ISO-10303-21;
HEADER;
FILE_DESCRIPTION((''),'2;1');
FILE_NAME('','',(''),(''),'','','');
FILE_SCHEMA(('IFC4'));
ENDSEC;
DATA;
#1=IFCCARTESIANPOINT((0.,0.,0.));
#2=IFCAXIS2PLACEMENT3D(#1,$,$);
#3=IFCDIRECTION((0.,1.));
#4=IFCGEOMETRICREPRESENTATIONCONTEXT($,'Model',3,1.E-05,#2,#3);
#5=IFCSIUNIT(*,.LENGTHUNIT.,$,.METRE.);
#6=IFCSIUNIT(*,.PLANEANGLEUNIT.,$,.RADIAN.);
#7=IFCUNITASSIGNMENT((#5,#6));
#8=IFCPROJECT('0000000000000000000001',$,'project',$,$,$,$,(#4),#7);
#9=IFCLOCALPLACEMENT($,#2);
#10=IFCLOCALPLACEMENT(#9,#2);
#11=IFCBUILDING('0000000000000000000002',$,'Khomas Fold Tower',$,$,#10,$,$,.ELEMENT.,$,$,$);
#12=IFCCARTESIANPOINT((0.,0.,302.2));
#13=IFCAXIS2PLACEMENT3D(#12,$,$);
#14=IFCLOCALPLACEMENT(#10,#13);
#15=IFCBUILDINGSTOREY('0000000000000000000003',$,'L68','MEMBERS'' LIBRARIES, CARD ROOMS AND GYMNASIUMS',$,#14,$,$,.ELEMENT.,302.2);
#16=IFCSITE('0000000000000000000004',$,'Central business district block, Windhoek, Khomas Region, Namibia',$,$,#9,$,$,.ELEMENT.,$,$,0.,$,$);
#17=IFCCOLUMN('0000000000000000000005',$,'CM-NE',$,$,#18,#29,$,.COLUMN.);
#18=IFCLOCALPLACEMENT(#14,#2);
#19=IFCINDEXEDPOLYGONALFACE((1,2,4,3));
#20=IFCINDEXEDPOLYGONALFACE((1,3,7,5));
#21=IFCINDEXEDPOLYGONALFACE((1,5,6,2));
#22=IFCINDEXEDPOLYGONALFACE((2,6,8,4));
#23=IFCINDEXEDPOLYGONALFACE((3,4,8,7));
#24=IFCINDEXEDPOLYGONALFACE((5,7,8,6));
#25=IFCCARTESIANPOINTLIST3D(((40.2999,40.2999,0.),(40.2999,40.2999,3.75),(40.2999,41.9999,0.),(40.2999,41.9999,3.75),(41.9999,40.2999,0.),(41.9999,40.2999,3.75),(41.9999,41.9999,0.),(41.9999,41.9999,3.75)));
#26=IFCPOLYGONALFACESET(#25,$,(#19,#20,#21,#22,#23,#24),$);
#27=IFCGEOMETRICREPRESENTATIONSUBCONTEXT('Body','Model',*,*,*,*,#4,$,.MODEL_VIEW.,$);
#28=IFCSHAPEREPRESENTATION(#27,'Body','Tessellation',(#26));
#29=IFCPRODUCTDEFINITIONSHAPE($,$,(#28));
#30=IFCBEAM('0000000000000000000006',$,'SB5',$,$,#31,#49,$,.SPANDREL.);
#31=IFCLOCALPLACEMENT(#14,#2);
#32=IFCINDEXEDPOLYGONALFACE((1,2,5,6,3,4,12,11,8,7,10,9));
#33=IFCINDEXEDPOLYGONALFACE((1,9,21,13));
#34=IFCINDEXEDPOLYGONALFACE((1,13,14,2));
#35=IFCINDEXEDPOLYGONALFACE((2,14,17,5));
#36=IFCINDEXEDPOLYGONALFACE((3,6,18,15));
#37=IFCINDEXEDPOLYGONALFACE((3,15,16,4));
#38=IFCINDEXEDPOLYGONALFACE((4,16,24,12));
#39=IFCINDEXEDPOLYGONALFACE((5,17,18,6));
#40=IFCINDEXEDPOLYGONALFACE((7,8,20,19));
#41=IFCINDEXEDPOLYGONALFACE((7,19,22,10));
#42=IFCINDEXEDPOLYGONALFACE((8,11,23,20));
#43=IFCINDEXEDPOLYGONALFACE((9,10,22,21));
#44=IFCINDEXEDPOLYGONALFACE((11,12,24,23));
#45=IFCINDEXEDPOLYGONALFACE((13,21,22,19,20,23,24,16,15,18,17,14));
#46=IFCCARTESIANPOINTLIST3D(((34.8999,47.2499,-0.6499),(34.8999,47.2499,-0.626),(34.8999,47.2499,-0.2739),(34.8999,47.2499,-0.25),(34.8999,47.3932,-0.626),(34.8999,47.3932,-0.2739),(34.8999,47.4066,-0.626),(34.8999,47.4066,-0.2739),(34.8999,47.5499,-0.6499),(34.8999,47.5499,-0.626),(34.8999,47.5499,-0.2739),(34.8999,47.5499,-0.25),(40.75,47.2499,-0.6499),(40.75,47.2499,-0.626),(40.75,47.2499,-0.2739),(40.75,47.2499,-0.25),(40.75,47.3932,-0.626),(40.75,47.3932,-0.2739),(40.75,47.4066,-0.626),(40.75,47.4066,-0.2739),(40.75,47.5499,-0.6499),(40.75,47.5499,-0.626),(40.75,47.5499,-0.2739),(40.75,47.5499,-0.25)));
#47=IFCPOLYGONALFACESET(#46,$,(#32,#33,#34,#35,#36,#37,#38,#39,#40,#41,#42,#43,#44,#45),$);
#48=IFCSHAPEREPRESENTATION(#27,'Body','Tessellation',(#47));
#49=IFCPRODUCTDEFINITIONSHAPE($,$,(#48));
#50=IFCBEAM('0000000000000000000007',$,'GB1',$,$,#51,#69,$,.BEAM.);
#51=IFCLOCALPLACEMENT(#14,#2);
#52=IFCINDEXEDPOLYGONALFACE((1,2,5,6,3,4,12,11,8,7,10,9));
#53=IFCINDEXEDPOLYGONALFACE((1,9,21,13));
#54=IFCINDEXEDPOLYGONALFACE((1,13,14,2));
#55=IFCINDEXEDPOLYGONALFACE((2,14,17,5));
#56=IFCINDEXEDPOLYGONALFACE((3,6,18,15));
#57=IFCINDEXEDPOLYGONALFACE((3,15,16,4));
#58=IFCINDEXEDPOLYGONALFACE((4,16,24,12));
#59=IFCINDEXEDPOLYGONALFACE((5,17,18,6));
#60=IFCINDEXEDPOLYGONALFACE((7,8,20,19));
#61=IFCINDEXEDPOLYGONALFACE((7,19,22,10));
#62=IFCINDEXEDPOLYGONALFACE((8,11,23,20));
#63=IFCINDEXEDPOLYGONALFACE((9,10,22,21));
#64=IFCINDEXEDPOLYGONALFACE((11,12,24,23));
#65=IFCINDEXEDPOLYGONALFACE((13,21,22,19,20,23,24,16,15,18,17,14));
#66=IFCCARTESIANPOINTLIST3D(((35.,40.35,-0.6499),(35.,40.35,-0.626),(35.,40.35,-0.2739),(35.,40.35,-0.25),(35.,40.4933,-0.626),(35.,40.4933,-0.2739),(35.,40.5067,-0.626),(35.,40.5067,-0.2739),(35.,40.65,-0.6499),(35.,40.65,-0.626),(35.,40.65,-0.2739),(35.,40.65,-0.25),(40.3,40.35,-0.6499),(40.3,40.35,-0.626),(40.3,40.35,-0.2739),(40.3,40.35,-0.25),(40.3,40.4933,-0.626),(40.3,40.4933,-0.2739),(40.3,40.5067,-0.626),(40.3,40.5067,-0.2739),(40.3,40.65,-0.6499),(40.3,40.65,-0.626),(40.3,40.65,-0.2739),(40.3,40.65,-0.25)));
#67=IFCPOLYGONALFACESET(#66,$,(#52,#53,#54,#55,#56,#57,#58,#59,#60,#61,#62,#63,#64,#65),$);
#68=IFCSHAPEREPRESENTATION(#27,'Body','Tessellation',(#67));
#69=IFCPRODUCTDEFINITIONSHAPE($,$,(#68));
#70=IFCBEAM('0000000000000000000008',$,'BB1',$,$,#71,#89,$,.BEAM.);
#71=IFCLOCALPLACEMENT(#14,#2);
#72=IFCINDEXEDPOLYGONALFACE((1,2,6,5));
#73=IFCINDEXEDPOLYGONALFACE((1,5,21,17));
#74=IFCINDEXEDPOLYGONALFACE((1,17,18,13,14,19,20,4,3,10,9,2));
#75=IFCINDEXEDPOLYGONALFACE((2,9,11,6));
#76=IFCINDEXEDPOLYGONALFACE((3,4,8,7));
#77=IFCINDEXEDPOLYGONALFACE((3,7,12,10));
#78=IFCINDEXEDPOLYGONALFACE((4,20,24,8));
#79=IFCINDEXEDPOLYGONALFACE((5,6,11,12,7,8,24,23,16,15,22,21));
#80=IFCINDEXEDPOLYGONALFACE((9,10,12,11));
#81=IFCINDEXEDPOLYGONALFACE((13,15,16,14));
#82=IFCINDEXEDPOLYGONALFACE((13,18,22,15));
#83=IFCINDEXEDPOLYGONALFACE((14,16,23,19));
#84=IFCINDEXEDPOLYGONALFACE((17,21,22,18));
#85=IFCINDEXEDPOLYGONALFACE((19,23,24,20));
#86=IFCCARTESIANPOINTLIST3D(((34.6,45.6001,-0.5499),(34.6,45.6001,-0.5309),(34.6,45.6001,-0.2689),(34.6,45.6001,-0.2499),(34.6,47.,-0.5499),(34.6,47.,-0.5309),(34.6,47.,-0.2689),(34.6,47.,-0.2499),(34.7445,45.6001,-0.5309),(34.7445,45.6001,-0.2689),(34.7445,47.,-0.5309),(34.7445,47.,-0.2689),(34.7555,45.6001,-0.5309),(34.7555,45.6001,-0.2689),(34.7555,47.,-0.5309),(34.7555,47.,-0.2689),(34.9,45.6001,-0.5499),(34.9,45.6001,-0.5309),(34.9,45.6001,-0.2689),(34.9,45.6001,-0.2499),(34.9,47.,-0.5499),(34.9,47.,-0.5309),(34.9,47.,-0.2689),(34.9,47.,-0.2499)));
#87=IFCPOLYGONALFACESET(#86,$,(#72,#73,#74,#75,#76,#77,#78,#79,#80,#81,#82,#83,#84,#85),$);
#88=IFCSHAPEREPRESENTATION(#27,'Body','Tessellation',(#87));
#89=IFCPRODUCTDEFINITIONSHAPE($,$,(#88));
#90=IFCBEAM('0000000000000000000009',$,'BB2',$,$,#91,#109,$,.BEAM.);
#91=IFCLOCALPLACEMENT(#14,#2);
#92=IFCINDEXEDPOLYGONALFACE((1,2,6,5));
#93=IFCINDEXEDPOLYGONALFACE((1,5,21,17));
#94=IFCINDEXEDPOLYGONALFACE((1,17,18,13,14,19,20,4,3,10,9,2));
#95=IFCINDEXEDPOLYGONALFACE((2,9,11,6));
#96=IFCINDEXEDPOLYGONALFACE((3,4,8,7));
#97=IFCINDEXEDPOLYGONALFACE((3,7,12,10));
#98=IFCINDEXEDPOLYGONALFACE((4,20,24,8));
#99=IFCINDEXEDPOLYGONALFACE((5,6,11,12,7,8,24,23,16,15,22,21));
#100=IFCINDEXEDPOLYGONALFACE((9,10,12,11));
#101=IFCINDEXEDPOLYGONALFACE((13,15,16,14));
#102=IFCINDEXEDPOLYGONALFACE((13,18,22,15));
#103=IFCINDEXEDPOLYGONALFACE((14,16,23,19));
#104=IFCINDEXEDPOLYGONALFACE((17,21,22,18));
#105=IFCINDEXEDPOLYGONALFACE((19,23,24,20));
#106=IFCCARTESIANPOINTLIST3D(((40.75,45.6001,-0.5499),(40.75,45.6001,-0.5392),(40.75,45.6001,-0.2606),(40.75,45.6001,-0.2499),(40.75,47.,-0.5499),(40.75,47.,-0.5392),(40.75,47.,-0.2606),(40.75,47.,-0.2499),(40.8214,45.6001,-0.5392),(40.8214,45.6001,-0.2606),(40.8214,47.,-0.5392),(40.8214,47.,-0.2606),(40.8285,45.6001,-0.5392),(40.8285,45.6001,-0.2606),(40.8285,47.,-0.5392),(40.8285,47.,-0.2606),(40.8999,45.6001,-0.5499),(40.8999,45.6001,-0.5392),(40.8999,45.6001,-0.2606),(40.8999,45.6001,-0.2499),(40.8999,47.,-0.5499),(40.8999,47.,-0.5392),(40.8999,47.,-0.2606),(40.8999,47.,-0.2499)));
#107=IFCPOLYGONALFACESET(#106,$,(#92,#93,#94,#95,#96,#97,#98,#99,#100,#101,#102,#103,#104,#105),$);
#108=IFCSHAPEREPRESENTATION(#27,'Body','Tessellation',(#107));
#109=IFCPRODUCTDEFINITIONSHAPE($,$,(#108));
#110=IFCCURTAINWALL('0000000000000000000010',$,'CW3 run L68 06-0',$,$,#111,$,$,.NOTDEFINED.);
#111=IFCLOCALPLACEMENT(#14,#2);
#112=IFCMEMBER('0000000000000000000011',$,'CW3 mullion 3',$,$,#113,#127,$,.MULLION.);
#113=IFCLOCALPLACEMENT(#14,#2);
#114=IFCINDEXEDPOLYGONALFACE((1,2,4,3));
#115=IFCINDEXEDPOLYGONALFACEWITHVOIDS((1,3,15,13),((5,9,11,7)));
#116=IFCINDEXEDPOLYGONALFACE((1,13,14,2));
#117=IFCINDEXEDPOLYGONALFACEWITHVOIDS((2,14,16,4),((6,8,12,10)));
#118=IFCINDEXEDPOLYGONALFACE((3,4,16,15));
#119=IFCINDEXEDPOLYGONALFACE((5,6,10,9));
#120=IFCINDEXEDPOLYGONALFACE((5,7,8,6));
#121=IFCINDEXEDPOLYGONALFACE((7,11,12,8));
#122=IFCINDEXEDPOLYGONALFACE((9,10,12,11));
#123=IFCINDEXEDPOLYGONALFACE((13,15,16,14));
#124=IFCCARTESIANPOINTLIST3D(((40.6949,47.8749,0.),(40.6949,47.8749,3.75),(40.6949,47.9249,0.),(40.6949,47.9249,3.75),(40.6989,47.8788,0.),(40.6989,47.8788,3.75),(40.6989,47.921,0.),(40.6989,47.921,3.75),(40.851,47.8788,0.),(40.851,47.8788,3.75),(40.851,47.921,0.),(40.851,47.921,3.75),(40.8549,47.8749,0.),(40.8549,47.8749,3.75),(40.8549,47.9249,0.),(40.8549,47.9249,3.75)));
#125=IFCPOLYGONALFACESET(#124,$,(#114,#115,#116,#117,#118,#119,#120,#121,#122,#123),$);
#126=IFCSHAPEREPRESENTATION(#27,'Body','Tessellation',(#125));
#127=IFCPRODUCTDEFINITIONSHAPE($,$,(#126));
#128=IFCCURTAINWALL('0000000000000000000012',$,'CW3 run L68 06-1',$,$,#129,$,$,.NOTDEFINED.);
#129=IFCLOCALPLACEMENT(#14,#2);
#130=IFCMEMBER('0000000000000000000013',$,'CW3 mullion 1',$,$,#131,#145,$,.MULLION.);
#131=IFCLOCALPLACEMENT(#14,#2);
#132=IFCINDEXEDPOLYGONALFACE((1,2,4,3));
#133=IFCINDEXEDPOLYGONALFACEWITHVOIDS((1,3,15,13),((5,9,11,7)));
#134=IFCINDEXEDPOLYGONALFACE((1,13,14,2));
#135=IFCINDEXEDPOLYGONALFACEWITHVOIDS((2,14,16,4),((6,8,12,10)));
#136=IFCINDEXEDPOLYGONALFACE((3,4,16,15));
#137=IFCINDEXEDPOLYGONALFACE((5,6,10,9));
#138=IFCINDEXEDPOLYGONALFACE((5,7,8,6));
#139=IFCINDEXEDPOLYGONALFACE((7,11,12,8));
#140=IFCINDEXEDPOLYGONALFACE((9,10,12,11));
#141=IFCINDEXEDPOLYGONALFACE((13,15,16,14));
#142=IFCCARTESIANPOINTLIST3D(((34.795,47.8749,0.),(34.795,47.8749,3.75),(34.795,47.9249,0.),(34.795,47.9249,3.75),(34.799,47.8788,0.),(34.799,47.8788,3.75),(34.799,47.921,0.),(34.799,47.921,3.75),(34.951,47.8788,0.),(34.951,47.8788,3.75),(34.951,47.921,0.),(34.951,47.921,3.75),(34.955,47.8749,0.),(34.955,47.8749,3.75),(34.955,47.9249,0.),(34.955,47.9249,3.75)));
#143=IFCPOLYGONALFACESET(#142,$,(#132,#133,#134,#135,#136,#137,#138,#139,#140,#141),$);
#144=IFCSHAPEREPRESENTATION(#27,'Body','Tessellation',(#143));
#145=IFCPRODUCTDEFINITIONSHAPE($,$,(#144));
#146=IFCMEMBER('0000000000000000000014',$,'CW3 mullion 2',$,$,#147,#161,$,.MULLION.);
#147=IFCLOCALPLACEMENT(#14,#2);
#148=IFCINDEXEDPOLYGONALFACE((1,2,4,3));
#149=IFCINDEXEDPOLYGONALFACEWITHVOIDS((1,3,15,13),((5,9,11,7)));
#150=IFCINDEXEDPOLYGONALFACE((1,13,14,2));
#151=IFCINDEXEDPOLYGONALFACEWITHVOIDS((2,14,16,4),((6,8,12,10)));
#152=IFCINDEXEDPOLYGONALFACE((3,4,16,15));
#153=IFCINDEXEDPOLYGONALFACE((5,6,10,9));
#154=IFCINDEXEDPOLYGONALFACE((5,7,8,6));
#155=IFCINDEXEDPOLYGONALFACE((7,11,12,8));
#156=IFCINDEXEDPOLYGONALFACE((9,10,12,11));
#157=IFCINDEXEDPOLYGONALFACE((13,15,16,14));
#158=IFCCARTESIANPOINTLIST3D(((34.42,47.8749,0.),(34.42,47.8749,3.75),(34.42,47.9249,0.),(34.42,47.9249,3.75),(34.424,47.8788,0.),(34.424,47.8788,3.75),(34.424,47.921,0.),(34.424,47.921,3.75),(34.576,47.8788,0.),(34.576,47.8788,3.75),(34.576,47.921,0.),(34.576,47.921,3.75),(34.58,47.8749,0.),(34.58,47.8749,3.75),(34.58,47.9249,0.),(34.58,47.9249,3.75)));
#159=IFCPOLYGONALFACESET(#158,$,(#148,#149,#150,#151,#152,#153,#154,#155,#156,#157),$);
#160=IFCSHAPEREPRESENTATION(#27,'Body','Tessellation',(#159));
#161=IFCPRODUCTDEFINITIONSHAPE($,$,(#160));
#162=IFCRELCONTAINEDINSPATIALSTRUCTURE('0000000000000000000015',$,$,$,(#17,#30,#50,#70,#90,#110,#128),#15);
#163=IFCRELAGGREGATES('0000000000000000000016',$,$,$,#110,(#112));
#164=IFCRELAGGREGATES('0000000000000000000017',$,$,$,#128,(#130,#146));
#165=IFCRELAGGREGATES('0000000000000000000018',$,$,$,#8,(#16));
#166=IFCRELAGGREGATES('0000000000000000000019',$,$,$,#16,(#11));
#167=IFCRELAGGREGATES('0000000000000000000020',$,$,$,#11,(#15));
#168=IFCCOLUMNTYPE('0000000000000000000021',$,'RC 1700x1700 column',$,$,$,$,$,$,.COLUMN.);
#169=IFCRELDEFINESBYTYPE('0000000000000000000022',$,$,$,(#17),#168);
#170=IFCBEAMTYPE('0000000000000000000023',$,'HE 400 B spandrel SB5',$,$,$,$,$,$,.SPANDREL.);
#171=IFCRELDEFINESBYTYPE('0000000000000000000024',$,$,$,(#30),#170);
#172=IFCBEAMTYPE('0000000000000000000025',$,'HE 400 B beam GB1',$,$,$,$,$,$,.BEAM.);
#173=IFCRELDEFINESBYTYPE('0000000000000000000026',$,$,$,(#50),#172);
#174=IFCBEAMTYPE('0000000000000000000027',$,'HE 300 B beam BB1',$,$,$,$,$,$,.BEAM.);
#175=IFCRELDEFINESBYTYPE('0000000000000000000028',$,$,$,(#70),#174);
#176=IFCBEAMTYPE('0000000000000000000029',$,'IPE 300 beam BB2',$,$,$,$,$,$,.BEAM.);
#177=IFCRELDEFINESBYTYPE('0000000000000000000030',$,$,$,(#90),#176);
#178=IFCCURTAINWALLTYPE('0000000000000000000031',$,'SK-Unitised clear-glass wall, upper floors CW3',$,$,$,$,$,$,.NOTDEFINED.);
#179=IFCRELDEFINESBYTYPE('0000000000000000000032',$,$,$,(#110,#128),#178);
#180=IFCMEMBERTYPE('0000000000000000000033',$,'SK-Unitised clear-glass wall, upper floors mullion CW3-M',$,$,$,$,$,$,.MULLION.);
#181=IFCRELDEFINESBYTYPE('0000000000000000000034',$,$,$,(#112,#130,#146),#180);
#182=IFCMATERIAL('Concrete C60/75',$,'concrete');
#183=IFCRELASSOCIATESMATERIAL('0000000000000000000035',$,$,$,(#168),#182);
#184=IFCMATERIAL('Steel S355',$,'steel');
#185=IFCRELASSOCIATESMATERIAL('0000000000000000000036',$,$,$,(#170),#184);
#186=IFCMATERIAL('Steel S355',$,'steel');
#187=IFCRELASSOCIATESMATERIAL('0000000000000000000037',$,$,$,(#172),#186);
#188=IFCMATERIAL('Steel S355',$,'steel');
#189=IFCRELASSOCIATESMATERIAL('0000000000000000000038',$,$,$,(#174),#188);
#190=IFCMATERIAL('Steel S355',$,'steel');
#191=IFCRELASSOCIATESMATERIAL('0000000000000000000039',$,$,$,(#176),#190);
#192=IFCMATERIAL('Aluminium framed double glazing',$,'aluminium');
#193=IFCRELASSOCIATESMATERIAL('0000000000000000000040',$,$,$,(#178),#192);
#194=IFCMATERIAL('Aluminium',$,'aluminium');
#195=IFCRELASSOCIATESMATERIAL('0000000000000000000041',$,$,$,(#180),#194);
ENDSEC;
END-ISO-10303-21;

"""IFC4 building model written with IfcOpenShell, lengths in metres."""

from ifc_helpers import new_model, si_unit, direction, frame, origin, origin_2d, place, context, subcontext, project, spatial, rectangle, hollow_rectangle, i_section, extrude, source, transform, mapped, material, material_profile, profile_set, type_object, element, aggregate, save


model = new_model("IFC4")

# Units and contexts
model_context = context("Model", 3, precision=1e-05, world=origin(), true_north=direction((0.0, 1.0)))
body_context = subcontext(model_context, "Body", "Model", "MODEL_VIEW")
ifc_project = project(units=[si_unit("LENGTHUNIT", "METRE"), si_unit("PLANEANGLEUNIT", "RADIAN")], contexts=[model_context])

# Site, building, storey
site_placement = place(None, origin())
site = spatial("IfcSite", under=ifc_project, at=site_placement, Name="Central business district block, Windhoek, Khomas Region, Namibia", CompositionType="ELEMENT", RefElevation=0.0)
building_placement = place(site_placement, origin())
building = spatial("IfcBuilding", under=site, at=building_placement, Name="Khomas Fold Tower", CompositionType="ELEMENT")
storey_placement = place(building_placement, frame((0.0, 0.0, 302.2)))
storey = spatial("IfcBuildingStorey", under=building, at=storey_placement, Name="L68", Description="MEMBERS' LIBRARIES, CARD ROOMS AND GYMNASIUMS", CompositionType="ELEMENT", Elevation=302.2)

# Column
ifc_material_1 = material(Name="Concrete C60/75", Category="concrete")
ifc_material_profile_1 = material_profile(ifc_material_1, rectangle(XDim=1.7, YDim=1.7, at=origin_2d()), Name="RC 1700x1700")
ifc_profile_set_1 = profile_set([ifc_material_profile_1], Name="Concrete C60/75")
column_type = type_object("IfcColumnType", Name="RC 1700x1700 column", PredefinedType="COLUMN", material=ifc_profile_set_1)
shared_shape_1 = source(origin(), body_context, "Body", "SweptSolid", [
    extrude(rectangle(XDim=1.7, YDim=1.7, at=origin_2d()), origin(), (0.0, 0.0, 1.0), 3.75),
])
column_placement = place(storey_placement, frame((41.1499, 41.1499, 0.0), z_axis=(0.0, 0.0, 1.0), x_axis=(1.0, 0.0, 0.0)))
element("IfcColumn", 1, at=column_placement, inside=storey, type_object=column_type, Name="CM-NE", PredefinedType="COLUMN", context=body_context, shape_type="MappedRepresentation", body=[
    mapped(shared_shape_1, transform((0.0, 0.0, 0.0))),
])

# Beams
ifc_material_2 = material(Name="Steel S355", Category="steel")
ifc_material_profile_2 = material_profile(ifc_material_2, i_section(OverallWidth=0.3, OverallDepth=0.3999, WebThickness=0.0134, FlangeThickness=0.0239, at=origin_2d()), Name="HE 400 B")
ifc_profile_set_2 = profile_set([ifc_material_profile_2], Name="Steel S355")
beam_type_1 = type_object("IfcBeamType", Name="HE 400 B spandrel SB5", PredefinedType="SPANDREL", material=ifc_profile_set_2)
shared_shape_2 = source(origin(), body_context, "Body", "SweptSolid", [
    extrude(i_section(OverallWidth=0.3, OverallDepth=0.3999, WebThickness=0.0134, FlangeThickness=0.0239, at=origin_2d()), origin(), (0.0, 0.0, 1.0), 5.8501),
])
beam_1_placement = place(storey_placement, frame((34.8999, 47.3999, -0.45), z_axis=(1.0, 0.0, 0.0), x_axis=(0.0, 1.0, 0.0)))
element("IfcBeam", 2, at=beam_1_placement, inside=storey, type_object=beam_type_1, Name="SB5", PredefinedType="SPANDREL", context=body_context, shape_type="MappedRepresentation", body=[
    mapped(shared_shape_2, transform((0.0, 0.0, 0.0))),
])
ifc_material_3 = material(Name="Steel S355", Category="steel")
ifc_material_profile_3 = material_profile(ifc_material_3, i_section(OverallWidth=0.3, OverallDepth=0.3999, WebThickness=0.0134, FlangeThickness=0.0239, at=origin_2d()), Name="HE 400 B")
ifc_profile_set_3 = profile_set([ifc_material_profile_3], Name="Steel S355")
beam_type_2 = type_object("IfcBeamType", Name="HE 400 B beam GB1", PredefinedType="BEAM", material=ifc_profile_set_3)
shared_shape_3 = source(origin(), body_context, "Body", "SweptSolid", [
    extrude(i_section(OverallWidth=0.3, OverallDepth=0.3999, WebThickness=0.0134, FlangeThickness=0.0239, at=origin_2d()), origin(), (0.0, 0.0, 1.0), 5.3),
])
beam_2_placement = place(storey_placement, frame((35.0, 40.5, -0.45), z_axis=(1.0, 0.0, 0.0), x_axis=(0.0, 1.0, 0.0)))
element("IfcBeam", 3, at=beam_2_placement, inside=storey, type_object=beam_type_2, Name="GB1", PredefinedType="BEAM", context=body_context, shape_type="MappedRepresentation", body=[
    mapped(shared_shape_3, transform((0.0, 0.0, 0.0))),
])
ifc_material_4 = material(Name="Steel S355", Category="steel")
ifc_material_profile_4 = material_profile(ifc_material_4, i_section(OverallWidth=0.3, OverallDepth=0.3, WebThickness=0.011, FlangeThickness=0.019, at=origin_2d()), Name="HE 300 B")
ifc_profile_set_4 = profile_set([ifc_material_profile_4], Name="Steel S355")
beam_type_3 = type_object("IfcBeamType", Name="HE 300 B beam BB1", PredefinedType="BEAM", material=ifc_profile_set_4)
shared_shape_4 = source(origin(), body_context, "Body", "SweptSolid", [
    extrude(i_section(OverallWidth=0.3, OverallDepth=0.3, WebThickness=0.011, FlangeThickness=0.019, at=origin_2d()), origin(), (0.0, 0.0, 1.0), 1.3999),
])
beam_3_placement = place(storey_placement, frame((34.75, 45.6001, -0.3999), z_axis=(0.0, 1.0, 0.0), x_axis=(-1.0, 0.0, 0.0)))
element("IfcBeam", 4, at=beam_3_placement, inside=storey, type_object=beam_type_3, Name="BB1", PredefinedType="BEAM", context=body_context, shape_type="MappedRepresentation", body=[
    mapped(shared_shape_4, transform((0.0, 0.0, 0.0))),
])
ifc_material_5 = material(Name="Steel S355", Category="steel")
ifc_material_profile_5 = material_profile(ifc_material_5, i_section(OverallWidth=0.1499, OverallDepth=0.3, WebThickness=0.0071, FlangeThickness=0.0107, at=origin_2d()), Name="IPE 300")
ifc_profile_set_5 = profile_set([ifc_material_profile_5], Name="Steel S355")
beam_type_4 = type_object("IfcBeamType", Name="IPE 300 beam BB2", PredefinedType="BEAM", material=ifc_profile_set_5)
shared_shape_5 = source(origin(), body_context, "Body", "SweptSolid", [
    extrude(i_section(OverallWidth=0.1499, OverallDepth=0.3, WebThickness=0.0071, FlangeThickness=0.0107, at=origin_2d()), origin(), (0.0, 0.0, 1.0), 1.3999),
])
beam_4_placement = place(storey_placement, frame((40.825, 45.6001, -0.3999), z_axis=(0.0, 1.0, 0.0), x_axis=(-1.0, 0.0, 0.0)))
element("IfcBeam", 5, at=beam_4_placement, inside=storey, type_object=beam_type_4, Name="BB2", PredefinedType="BEAM", context=body_context, shape_type="MappedRepresentation", body=[
    mapped(shared_shape_5, transform((0.0, 0.0, 0.0))),
])

# Curtain wall, member
ifc_material_6 = material(Name="Aluminium framed double glazing", Category="aluminium")
curtain_wall_type = type_object("IfcCurtainWallType", Name="SK-Unitised clear-glass wall, upper floors CW3", PredefinedType="NOTDEFINED", material=ifc_material_6)
curtain_wall_1_placement = place(storey_placement, origin())
curtain_wall_1 = element("IfcCurtainWall", 6, at=curtain_wall_1_placement, inside=storey, type_object=curtain_wall_type, Name="CW3 run L68 06-0", PredefinedType="NOTDEFINED")
ifc_material_7 = material(Name="Aluminium", Category="aluminium")
ifc_material_profile_6 = material_profile(ifc_material_7, hollow_rectangle(XDim=0.05, YDim=0.1599, WallThickness=0.0039, at=origin_2d()), Name="SK-Unitised clear-glass wall, upper floors mullion CW3-M")
ifc_profile_set_6 = profile_set([ifc_material_profile_6], Name="Aluminium")
member_type_1 = type_object("IfcMemberType", Name="SK-Unitised clear-glass wall, upper floors mullion CW3-M", PredefinedType="MULLION", material=ifc_profile_set_6)
shared_shape_6 = source(origin(), body_context, "Body", "SweptSolid", [
    extrude(hollow_rectangle(XDim=0.05, YDim=0.1599, WallThickness=0.0039, at=origin_2d()), origin(), (0.0, 0.0, 1.0), 3.75),
])
member_1_placement = place(storey_placement, frame((40.7749, 47.8999, 0.0), z_axis=(0.0, 0.0, 1.0), x_axis=(0.0, -1.0, 0.0)))
member_1 = element("IfcMember", 7, at=member_1_placement, type_object=member_type_1, Name="CW3 mullion 3", PredefinedType="MULLION", context=body_context, shape_type="MappedRepresentation", body=[
    mapped(shared_shape_6, transform((0.0, 0.0, 0.0))),
])

# Curtain wall, members
curtain_wall_2_placement = place(storey_placement, origin())
curtain_wall_2 = element("IfcCurtainWall", 8, at=curtain_wall_2_placement, inside=storey, type_object=curtain_wall_type, Name="CW3 run L68 06-1", PredefinedType="NOTDEFINED")
member_2_placement = place(storey_placement, frame((34.875, 47.8999, 0.0), z_axis=(0.0, 0.0, 1.0), x_axis=(0.0, -1.0, 0.0)))
member_2 = element("IfcMember", 9, at=member_2_placement, type_object=member_type_1, Name="CW3 mullion 1", PredefinedType="MULLION", context=body_context, shape_type="MappedRepresentation", body=[
    mapped(shared_shape_6, transform((0.0, 0.0, 0.0))),
])
member_3_placement = place(storey_placement, frame((34.5, 47.8999, 0.0), z_axis=(0.0, 0.0, 1.0), x_axis=(0.0, -1.0, 0.0)))
member_3 = element("IfcMember", 10, at=member_3_placement, type_object=member_type_1, Name="CW3 mullion 2", PredefinedType="MULLION", context=body_context, shape_type="MappedRepresentation", body=[
    mapped(shared_shape_6, transform((0.0, 0.0, 0.0))),
])

aggregate(curtain_wall_1, [member_1])
aggregate(curtain_wall_2, [member_2, member_3])

save(model, "model.ifc")
